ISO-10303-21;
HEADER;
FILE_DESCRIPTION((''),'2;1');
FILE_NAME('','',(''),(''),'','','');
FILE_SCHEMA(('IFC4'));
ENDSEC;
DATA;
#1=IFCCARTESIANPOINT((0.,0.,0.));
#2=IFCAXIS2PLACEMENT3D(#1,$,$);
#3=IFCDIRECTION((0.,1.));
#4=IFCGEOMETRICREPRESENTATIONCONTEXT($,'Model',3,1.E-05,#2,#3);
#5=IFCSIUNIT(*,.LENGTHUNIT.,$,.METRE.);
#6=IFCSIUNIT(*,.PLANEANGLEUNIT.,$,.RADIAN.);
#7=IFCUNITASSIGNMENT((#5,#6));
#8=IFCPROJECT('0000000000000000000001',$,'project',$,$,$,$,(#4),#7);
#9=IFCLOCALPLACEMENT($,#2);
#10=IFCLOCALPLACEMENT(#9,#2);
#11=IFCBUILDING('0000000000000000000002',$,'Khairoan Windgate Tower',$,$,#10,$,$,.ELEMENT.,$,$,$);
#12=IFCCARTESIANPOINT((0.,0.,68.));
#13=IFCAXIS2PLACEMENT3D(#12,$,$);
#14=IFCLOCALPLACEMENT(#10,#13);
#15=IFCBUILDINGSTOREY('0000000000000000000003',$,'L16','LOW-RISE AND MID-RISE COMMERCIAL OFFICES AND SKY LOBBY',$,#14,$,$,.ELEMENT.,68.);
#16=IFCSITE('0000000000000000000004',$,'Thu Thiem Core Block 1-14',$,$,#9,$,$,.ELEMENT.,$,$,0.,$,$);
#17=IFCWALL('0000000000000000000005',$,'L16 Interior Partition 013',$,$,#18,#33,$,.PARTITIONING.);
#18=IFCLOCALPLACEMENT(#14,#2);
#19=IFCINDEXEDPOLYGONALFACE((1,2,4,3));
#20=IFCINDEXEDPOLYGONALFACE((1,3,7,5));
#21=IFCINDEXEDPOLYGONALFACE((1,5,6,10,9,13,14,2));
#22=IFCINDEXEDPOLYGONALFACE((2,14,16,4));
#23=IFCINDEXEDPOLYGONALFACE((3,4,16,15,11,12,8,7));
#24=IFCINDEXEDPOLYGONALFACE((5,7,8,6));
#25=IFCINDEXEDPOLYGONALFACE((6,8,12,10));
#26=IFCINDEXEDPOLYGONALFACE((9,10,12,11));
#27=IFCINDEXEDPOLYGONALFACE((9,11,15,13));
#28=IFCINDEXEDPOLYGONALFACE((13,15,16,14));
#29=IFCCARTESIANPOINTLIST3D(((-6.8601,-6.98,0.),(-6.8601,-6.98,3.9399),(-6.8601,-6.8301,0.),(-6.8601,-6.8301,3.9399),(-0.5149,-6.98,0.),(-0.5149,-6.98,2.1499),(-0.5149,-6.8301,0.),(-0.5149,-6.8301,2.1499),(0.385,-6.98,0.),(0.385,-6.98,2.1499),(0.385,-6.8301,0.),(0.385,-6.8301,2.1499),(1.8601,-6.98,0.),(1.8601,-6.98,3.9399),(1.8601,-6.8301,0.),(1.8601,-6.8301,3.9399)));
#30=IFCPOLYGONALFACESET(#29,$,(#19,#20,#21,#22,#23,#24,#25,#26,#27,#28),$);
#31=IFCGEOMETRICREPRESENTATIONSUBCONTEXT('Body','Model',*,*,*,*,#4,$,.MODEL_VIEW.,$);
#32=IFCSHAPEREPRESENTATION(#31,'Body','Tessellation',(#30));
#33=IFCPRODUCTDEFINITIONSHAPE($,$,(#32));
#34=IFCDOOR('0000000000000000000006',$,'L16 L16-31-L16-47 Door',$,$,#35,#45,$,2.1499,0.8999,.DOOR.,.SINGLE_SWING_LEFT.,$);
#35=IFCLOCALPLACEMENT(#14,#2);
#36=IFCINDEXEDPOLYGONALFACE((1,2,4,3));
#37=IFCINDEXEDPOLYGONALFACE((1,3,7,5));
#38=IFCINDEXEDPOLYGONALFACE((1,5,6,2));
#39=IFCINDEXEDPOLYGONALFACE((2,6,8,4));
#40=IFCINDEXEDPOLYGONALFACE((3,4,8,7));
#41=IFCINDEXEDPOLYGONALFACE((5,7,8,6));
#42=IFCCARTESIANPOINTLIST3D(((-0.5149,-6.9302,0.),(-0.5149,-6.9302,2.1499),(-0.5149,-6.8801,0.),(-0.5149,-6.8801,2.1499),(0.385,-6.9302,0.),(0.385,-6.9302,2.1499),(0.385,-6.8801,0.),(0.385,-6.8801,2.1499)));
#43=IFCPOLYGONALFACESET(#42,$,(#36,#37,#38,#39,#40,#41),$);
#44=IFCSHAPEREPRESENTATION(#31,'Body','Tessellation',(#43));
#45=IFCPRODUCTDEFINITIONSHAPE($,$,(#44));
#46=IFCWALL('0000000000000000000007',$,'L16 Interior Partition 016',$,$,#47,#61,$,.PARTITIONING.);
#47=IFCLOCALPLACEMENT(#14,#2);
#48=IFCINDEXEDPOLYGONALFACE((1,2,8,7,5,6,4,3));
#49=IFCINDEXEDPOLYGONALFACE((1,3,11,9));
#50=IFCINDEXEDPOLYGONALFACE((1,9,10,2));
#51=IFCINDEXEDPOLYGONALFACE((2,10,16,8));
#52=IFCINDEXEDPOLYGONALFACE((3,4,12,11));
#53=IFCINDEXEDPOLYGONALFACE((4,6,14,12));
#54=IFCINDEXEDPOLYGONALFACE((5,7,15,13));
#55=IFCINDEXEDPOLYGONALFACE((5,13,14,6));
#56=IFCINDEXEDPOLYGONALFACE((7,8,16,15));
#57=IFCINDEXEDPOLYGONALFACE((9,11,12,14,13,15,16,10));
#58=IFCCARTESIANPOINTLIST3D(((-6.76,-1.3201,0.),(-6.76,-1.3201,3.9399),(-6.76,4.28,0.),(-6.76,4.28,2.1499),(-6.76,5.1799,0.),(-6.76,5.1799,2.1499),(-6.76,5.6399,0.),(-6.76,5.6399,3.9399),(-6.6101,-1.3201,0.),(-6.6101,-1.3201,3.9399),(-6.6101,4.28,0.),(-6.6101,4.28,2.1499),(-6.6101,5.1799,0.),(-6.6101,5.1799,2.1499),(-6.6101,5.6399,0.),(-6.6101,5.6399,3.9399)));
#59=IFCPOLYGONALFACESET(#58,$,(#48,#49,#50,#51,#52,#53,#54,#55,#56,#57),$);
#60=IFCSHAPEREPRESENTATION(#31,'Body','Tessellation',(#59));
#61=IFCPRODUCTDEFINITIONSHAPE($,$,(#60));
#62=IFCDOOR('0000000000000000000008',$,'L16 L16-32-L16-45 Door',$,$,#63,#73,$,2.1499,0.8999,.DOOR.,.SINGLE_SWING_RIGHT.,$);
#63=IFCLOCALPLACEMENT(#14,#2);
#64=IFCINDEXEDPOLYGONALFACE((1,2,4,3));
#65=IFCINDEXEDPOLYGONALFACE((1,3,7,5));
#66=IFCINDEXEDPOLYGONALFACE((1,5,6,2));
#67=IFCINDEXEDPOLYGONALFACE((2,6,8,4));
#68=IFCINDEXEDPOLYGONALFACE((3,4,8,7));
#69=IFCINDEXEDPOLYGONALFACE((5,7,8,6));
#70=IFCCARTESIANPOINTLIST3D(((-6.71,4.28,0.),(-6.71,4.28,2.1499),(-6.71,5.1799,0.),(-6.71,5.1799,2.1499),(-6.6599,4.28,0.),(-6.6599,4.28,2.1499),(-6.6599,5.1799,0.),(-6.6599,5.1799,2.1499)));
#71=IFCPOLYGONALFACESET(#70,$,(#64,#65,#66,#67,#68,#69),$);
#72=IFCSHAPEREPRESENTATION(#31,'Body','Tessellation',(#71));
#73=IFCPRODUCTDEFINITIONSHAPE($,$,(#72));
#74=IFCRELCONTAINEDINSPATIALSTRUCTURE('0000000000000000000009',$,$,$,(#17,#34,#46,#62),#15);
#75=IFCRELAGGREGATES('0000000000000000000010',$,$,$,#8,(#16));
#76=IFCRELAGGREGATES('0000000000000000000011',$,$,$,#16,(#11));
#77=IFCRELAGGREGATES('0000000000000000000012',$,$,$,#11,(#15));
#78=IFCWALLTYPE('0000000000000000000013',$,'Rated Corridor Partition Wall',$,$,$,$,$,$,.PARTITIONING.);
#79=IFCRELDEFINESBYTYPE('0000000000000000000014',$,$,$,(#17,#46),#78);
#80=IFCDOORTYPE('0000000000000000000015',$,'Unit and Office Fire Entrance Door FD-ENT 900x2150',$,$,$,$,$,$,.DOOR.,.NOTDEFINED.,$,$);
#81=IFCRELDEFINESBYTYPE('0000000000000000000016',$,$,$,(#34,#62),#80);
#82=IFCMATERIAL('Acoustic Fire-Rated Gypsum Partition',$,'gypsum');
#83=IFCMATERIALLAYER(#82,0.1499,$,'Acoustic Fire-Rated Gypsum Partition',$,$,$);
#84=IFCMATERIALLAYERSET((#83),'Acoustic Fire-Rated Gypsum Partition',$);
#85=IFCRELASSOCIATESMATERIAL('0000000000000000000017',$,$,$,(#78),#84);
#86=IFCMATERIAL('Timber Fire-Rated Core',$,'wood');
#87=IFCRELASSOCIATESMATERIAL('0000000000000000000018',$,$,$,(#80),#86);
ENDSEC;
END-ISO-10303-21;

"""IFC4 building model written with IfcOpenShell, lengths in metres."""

from ifc_helpers import new_model, si_unit, direction, frame, frame_2d, origin, place, context, subcontext, project, spatial, rectangle, extrude, material, layer, layer_set, type_object, element, fill, save


model = new_model("IFC4")

# Units and contexts
model_context = context("Model", 3, precision=1e-05, world=origin(), true_north=direction((0.0, 1.0)))
body_context = subcontext(model_context, "Body", "Model", "MODEL_VIEW")
ifc_project = project(units=[si_unit("LENGTHUNIT", "METRE"), si_unit("PLANEANGLEUNIT", "RADIAN")], contexts=[model_context])

# Site, building, storey
site_placement = place(None, origin())
site = spatial("IfcSite", under=ifc_project, at=site_placement, Name="Thu Thiem Core Block 1-14", CompositionType="ELEMENT", RefElevation=0.0)
building_placement = place(site_placement, origin())
building = spatial("IfcBuilding", under=site, at=building_placement, Name="Khairoan Windgate Tower", CompositionType="ELEMENT")
storey_placement = place(building_placement, frame((0.0, 0.0, 68.0)))
storey = spatial("IfcBuildingStorey", under=building, at=storey_placement, Name="L16", Description="LOW-RISE AND MID-RISE COMMERCIAL OFFICES AND SKY LOBBY", CompositionType="ELEMENT", Elevation=68.0)

# Walls, openings, doors
ifc_material_1 = material(Name="Acoustic Fire-Rated Gypsum Partition", Category="gypsum")
ifc_layer_1 = layer(ifc_material_1, 0.1499, Name="Acoustic Fire-Rated Gypsum Partition")
ifc_layer_set_1 = layer_set([ifc_layer_1], Name="Acoustic Fire-Rated Gypsum Partition")
wall_type_1 = type_object("IfcWallType", Name="Rated Corridor Partition Wall", PredefinedType="PARTITIONING", material=ifc_layer_set_1)
ifc_material_2 = material(Name="Timber Fire-Rated Core", Category="wood")
door_type = type_object("IfcDoorType", Name="Unit and Office Fire Entrance Door FD-ENT 900x2150", OperationType="NOTDEFINED", PredefinedType="DOOR", material=ifc_material_2)
wall_1_placement = place(storey_placement, frame((-6.8601, -6.905, 0.0), z_axis=(0.0, 0.0, 1.0), x_axis=(1.0, 0.0, 0.0)))
wall_1 = element("IfcWall", 1, at=wall_1_placement, inside=storey, type_object=wall_type_1, Name="L16 Interior Partition 013", PredefinedType="PARTITIONING", context=body_context, shape_type="SweptSolid", body=[
    extrude(rectangle(XDim=8.7202, YDim=0.1499, at=frame_2d((4.3601, 0.0))), origin(), (0.0, 0.0, 1.0), 3.9399),
])
opening_1_placement = place(wall_1_placement, frame((6.3452, 0.0, 0.0)))
opening_1 = element("IfcOpeningElement", 2, at=opening_1_placement, cuts=wall_1, PredefinedType="OPENING", context=body_context, shape_type="SweptSolid", body=[
    extrude(rectangle(XDim=0.8999, YDim=2.1499, at=frame_2d((0.45, 1.075))), frame((0.0, 0.085, 0.0), z_axis=(0.0, -1.0, 0.0), x_axis=(1.0, 0.0, 0.0)), (0.0, 0.0, 1.0), 0.1699),
])
door_1_placement = place(opening_1_placement, origin())
door_1 = element("IfcDoor", 3, at=door_1_placement, inside=storey, type_object=door_type, Name="L16 L16-31-L16-47 Door", OperationType="SINGLE_SWING_LEFT", OverallHeight=2.1499, OverallWidth=0.8999, PredefinedType="DOOR", context=body_context, shape_type="SweptSolid", body=[
    extrude(rectangle(XDim=0.8999, YDim=2.1499, at=frame_2d((0.45, 1.075))), frame((0.0, 0.0249, 0.0), z_axis=(0.0, -1.0, 0.0), x_axis=(1.0, 0.0, 0.0)), (0.0, 0.0, 1.0), 0.05),
])
fill(opening_1, door_1)
wall_2_placement = place(storey_placement, frame((-6.6851, -1.3201, 0.0), z_axis=(0.0, 0.0, 1.0), x_axis=(0.0, 1.0, 0.0)))
wall_2 = element("IfcWall", 4, at=wall_2_placement, inside=storey, type_object=wall_type_1, Name="L16 Interior Partition 016", PredefinedType="PARTITIONING", context=body_context, shape_type="SweptSolid", body=[
    extrude(rectangle(XDim=6.96, YDim=0.1499, at=frame_2d((3.48, 0.0))), origin(), (0.0, 0.0, 1.0), 3.9399),
])
opening_2_placement = place(wall_2_placement, frame((5.6001, 0.0, 0.0)))
opening_2 = element("IfcOpeningElement", 5, at=opening_2_placement, cuts=wall_2, PredefinedType="OPENING", context=body_context, shape_type="SweptSolid", body=[
    extrude(rectangle(XDim=0.8999, YDim=2.1499, at=frame_2d((0.45, 1.075))), frame((0.0, 0.085, 0.0), z_axis=(0.0, -1.0, 0.0), x_axis=(1.0, 0.0, 0.0)), (0.0, 0.0, 1.0), 0.1699),
])
door_2_placement = place(opening_2_placement, origin())
door_2 = element("IfcDoor", 6, at=door_2_placement, inside=storey, type_object=door_type, Name="L16 L16-32-L16-45 Door", OperationType="SINGLE_SWING_RIGHT", OverallHeight=2.1499, OverallWidth=0.8999, PredefinedType="DOOR", context=body_context, shape_type="SweptSolid", body=[
    extrude(rectangle(XDim=0.8999, YDim=2.1499, at=frame_2d((0.45, 1.075))), frame((0.0, 0.0249, 0.0), z_axis=(0.0, -1.0, 0.0), x_axis=(1.0, 0.0, 0.0)), (0.0, 0.0, 1.0), 0.05),
])
fill(opening_2, door_2)

save(model, "model.ifc")
